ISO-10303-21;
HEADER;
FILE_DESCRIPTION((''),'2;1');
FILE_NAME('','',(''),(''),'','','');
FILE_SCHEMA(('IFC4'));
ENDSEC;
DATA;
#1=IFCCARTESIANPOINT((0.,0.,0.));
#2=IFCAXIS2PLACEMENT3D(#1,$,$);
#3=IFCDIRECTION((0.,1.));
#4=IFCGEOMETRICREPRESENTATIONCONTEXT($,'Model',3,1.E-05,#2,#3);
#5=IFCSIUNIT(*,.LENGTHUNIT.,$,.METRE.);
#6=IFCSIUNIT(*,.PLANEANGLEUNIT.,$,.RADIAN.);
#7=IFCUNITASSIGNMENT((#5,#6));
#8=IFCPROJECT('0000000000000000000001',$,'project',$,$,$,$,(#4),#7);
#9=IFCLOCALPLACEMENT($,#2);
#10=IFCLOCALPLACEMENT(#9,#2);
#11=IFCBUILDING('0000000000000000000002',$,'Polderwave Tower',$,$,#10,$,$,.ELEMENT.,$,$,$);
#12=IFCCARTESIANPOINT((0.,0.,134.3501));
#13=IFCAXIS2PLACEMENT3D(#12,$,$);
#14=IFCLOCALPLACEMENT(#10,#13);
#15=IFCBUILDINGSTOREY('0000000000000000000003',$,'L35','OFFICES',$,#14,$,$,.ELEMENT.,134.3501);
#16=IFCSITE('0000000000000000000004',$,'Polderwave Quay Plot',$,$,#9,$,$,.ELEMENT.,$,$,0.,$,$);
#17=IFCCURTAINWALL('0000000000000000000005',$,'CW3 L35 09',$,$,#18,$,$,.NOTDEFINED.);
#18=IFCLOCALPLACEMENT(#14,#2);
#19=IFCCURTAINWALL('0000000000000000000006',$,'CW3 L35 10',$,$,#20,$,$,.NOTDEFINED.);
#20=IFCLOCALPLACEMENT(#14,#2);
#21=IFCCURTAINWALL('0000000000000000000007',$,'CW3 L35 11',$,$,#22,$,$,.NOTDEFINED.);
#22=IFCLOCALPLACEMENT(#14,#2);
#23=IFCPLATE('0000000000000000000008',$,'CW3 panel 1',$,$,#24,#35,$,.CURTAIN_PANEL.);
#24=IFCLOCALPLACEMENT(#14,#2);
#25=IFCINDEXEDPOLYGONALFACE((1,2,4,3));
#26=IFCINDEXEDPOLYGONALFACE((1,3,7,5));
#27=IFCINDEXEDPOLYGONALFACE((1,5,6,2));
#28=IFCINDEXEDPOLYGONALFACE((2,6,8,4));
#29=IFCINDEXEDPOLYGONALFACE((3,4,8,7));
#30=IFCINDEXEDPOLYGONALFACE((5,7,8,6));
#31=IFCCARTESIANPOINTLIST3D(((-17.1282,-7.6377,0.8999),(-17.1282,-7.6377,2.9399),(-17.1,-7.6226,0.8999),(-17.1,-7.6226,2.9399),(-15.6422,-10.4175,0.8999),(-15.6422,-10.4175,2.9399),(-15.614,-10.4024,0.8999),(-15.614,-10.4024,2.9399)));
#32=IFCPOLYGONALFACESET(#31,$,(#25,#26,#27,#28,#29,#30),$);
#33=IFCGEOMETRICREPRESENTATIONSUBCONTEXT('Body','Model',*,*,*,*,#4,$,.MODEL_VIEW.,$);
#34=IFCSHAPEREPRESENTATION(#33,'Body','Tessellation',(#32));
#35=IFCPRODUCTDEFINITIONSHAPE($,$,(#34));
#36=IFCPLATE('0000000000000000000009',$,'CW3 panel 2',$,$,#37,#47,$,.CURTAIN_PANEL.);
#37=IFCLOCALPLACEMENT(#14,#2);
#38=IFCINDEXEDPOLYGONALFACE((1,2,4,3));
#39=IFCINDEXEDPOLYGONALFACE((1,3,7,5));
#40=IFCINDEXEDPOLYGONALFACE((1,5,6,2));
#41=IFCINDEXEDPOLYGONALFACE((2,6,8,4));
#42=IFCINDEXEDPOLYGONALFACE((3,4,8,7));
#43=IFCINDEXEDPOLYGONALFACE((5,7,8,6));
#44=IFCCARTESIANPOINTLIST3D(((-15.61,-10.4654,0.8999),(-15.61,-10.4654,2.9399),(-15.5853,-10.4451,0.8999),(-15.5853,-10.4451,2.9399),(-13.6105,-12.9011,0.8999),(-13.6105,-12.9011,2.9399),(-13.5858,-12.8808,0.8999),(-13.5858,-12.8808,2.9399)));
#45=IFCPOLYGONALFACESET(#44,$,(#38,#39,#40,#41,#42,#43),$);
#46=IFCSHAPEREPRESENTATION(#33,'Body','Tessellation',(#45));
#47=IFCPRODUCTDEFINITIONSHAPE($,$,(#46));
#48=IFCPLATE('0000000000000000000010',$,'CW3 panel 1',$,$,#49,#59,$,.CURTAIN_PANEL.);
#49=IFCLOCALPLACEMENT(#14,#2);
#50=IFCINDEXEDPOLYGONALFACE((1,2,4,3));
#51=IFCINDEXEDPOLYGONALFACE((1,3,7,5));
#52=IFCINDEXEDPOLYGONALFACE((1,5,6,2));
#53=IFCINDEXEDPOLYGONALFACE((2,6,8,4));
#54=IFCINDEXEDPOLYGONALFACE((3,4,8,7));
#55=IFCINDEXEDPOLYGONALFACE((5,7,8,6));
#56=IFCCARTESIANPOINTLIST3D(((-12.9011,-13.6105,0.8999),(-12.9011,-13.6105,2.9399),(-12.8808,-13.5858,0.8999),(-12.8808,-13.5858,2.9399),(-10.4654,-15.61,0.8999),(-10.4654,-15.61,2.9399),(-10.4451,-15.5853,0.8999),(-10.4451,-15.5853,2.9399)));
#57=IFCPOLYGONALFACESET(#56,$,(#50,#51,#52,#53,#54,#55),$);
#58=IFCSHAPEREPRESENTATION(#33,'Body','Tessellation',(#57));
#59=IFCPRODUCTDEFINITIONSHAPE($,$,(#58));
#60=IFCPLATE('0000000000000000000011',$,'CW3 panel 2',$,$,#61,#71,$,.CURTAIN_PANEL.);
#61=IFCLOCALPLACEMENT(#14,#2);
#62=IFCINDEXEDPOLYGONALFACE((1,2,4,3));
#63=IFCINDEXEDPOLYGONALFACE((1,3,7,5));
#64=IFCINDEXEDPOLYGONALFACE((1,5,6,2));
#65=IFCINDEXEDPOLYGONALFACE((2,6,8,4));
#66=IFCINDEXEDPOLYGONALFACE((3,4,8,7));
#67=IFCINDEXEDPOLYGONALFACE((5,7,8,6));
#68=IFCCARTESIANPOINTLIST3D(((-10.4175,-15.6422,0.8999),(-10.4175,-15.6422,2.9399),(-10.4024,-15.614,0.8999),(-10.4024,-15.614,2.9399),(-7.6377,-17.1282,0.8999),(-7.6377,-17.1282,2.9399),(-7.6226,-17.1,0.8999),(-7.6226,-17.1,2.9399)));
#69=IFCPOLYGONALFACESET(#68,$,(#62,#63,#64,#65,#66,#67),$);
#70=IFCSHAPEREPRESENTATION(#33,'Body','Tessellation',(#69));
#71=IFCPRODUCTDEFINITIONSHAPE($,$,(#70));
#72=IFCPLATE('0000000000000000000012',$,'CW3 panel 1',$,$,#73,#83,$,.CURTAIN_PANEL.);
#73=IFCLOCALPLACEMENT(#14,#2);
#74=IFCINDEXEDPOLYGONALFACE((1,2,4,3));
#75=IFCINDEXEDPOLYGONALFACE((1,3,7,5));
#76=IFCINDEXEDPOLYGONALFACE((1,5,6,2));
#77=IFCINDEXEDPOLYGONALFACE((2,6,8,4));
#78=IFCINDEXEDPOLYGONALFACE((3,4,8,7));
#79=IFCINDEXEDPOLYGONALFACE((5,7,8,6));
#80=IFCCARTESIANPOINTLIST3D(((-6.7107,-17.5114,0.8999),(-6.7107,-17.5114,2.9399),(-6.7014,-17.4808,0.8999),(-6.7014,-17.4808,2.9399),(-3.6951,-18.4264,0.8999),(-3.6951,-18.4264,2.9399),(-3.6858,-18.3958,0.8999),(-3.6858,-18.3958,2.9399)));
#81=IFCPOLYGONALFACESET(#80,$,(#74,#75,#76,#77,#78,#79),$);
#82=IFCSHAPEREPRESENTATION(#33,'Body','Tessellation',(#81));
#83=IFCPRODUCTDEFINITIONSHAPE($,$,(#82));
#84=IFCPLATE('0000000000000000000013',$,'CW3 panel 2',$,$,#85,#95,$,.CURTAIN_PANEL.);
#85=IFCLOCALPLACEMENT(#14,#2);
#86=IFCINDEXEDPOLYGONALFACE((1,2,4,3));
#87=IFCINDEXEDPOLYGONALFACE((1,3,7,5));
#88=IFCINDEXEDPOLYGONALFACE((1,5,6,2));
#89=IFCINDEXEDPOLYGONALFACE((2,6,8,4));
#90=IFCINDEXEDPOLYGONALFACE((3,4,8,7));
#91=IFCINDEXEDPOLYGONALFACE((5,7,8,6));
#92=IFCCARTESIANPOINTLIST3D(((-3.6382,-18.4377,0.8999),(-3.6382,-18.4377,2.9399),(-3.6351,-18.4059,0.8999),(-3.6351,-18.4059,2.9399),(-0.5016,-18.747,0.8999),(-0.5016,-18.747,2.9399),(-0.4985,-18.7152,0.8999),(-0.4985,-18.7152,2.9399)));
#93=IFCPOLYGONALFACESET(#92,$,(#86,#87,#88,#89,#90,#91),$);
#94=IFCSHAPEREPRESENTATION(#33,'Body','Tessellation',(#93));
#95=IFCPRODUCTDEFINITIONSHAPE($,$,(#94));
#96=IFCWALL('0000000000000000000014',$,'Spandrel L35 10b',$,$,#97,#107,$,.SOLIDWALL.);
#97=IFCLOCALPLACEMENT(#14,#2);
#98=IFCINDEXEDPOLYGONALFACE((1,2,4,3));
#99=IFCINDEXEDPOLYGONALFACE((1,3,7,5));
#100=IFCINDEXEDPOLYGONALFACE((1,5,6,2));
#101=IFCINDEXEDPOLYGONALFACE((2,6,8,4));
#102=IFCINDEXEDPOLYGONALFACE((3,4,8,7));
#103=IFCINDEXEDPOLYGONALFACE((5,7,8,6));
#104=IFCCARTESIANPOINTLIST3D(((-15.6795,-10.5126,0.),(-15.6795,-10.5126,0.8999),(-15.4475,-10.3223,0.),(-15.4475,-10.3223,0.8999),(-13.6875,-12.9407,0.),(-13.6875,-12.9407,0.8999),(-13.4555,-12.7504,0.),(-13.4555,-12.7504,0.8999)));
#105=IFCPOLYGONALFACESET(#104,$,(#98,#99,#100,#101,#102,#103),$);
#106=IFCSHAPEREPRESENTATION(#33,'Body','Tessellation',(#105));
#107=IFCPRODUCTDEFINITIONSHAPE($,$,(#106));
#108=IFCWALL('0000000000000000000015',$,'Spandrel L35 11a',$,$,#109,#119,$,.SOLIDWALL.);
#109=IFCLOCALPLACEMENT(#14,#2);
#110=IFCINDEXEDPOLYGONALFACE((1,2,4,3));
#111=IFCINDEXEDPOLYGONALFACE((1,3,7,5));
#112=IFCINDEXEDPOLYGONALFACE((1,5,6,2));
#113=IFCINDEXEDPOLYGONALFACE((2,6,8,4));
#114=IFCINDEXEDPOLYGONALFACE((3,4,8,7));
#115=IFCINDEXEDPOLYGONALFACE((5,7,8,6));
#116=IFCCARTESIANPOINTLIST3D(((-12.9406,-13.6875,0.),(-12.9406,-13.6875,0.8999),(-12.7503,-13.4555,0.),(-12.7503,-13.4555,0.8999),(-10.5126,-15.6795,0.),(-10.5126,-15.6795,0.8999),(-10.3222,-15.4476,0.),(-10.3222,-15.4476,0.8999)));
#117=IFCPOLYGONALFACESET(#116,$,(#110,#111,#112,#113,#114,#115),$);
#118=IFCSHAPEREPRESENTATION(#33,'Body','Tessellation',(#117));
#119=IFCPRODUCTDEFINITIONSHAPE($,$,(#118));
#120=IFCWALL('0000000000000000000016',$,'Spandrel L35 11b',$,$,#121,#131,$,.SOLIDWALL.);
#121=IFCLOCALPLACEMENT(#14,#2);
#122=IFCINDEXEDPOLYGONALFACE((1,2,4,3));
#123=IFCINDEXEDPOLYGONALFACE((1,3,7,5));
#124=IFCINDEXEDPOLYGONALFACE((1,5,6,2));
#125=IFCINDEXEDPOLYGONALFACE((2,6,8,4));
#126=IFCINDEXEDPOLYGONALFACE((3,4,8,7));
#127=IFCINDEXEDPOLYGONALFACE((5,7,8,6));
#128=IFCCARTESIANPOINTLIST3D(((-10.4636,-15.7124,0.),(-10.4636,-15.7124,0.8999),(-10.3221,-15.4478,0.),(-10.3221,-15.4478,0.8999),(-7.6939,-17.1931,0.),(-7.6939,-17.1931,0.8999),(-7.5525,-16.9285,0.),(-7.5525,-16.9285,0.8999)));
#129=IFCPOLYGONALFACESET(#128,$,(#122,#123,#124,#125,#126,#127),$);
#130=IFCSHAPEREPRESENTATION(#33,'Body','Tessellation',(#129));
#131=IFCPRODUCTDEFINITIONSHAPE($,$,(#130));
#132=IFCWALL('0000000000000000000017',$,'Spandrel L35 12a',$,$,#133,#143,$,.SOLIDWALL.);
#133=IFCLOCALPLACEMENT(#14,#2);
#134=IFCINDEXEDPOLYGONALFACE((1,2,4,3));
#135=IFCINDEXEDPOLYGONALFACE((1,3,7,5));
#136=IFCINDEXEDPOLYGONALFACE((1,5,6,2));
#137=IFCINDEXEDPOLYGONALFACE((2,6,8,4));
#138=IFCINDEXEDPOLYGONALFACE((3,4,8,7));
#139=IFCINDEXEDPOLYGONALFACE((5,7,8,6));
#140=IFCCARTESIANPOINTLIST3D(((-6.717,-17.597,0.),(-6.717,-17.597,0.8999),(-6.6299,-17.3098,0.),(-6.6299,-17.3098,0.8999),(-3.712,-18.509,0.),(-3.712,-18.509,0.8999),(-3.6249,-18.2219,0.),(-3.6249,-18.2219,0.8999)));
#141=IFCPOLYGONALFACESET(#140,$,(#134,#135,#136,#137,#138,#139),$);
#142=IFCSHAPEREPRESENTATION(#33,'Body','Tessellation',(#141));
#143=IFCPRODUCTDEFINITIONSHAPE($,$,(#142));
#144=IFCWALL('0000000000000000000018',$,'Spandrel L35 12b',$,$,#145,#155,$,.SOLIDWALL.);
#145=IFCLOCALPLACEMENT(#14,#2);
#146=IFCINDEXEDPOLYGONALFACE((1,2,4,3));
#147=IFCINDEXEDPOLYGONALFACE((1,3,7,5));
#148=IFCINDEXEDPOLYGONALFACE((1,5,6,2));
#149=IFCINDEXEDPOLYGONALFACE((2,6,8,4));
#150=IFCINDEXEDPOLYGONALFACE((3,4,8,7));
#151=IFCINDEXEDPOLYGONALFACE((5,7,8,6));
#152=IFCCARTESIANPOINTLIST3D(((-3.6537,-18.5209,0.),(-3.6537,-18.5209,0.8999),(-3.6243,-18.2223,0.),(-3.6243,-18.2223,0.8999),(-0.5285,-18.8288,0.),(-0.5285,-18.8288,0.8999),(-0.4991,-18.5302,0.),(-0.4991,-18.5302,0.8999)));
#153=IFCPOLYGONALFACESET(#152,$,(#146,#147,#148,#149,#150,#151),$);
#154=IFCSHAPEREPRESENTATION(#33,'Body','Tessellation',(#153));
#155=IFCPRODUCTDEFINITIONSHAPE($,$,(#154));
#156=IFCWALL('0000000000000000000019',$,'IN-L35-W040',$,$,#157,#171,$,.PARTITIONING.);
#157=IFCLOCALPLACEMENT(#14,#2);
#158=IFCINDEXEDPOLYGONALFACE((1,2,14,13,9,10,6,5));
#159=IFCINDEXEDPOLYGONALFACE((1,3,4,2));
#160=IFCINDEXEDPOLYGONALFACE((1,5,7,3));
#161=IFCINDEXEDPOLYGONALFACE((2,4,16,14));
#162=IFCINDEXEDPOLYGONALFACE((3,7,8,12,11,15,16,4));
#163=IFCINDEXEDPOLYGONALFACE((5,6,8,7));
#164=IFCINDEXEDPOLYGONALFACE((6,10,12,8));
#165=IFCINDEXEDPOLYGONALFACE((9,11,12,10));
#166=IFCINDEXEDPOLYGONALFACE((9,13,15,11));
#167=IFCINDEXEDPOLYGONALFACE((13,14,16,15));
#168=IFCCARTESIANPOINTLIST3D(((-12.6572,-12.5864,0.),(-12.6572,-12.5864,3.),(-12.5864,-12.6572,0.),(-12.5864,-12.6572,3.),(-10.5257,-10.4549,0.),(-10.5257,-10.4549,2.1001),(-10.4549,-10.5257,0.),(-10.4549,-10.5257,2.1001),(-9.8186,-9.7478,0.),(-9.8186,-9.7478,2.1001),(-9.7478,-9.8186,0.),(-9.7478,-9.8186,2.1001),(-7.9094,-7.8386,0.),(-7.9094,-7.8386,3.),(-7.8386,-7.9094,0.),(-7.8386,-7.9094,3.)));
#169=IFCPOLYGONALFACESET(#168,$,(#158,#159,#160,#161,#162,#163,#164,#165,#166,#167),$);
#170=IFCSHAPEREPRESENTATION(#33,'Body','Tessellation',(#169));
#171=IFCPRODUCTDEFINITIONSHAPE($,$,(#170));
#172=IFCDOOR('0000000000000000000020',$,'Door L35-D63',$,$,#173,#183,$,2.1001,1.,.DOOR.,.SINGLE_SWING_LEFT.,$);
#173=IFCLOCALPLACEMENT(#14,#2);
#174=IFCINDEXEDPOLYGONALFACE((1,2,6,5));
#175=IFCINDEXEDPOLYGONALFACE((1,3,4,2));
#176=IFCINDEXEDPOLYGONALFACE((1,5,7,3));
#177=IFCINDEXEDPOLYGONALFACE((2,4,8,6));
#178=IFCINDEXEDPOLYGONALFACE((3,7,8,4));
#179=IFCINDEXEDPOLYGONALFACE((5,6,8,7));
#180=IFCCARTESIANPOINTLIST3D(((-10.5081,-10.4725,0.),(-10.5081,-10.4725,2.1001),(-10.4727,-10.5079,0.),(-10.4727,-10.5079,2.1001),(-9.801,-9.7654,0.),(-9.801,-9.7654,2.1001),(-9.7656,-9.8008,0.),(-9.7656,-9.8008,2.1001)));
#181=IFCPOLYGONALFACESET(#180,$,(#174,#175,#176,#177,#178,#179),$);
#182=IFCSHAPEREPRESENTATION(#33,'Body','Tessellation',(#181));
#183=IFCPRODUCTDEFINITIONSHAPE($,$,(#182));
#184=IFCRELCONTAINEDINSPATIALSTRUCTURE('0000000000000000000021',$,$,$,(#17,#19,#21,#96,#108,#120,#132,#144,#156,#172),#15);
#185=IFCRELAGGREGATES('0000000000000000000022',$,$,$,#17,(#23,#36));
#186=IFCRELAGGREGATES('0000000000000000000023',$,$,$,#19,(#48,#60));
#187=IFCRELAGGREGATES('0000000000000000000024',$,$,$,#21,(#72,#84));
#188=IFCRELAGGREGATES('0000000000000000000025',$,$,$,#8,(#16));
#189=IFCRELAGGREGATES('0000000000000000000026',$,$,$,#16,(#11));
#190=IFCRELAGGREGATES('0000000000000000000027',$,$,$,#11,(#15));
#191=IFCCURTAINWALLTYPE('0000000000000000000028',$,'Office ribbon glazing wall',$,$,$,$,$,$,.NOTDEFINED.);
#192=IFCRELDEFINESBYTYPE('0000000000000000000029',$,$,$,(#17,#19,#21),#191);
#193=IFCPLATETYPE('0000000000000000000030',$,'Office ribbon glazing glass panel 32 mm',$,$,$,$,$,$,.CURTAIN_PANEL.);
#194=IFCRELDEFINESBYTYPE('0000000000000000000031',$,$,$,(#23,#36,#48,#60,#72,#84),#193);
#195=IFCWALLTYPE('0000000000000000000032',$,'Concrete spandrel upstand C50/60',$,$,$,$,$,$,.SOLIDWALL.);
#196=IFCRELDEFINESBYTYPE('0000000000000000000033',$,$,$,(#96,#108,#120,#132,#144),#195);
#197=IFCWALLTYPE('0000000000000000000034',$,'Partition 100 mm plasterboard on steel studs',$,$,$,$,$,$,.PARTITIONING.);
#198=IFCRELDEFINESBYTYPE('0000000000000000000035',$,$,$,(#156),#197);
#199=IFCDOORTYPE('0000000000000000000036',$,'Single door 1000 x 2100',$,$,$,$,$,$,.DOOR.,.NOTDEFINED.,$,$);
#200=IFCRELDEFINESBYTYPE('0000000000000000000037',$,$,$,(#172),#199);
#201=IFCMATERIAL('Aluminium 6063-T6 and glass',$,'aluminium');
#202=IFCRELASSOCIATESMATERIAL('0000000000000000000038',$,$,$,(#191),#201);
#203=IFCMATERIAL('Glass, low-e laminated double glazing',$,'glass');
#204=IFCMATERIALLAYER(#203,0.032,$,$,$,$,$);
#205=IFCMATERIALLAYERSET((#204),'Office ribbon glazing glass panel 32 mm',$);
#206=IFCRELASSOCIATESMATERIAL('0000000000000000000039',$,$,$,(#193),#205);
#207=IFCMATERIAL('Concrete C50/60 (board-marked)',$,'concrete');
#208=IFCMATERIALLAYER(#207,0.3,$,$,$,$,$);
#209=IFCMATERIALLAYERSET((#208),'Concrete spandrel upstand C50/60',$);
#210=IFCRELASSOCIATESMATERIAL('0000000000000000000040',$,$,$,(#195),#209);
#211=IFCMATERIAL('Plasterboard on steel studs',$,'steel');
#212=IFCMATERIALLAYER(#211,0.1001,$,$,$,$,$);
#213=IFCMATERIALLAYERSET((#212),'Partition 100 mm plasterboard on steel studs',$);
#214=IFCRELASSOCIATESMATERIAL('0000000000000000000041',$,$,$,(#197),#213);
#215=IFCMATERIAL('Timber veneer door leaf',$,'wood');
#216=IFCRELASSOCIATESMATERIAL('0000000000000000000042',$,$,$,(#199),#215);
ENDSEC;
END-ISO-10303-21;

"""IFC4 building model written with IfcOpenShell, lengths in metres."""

from ifc_helpers import new_model, si_unit, direction, frame, frame_2d, origin, origin_2d, place, context, subcontext, project, spatial, rectangle, extrude, material, layer, layer_set, type_object, element, fill, aggregate, save


model = new_model("IFC4")

# Units and contexts
model_context = context("Model", 3, precision=1e-05, world=origin(), true_north=direction((0.0, 1.0)))
body_context = subcontext(model_context, "Body", "Model", "MODEL_VIEW")
ifc_project = project(units=[si_unit("LENGTHUNIT", "METRE"), si_unit("PLANEANGLEUNIT", "RADIAN")], contexts=[model_context])

# Site, building, storey
site_placement = place(None, origin())
site = spatial("IfcSite", under=ifc_project, at=site_placement, Name="Polderwave Quay Plot", CompositionType="ELEMENT", RefElevation=0.0)
building_placement = place(site_placement, origin())
building = spatial("IfcBuilding", under=site, at=building_placement, Name="Polderwave Tower", CompositionType="ELEMENT")
storey_placement = place(building_placement, frame((0.0, 0.0, 134.3501)))
storey = spatial("IfcBuildingStorey", under=building, at=storey_placement, Name="L35", Description="OFFICES", CompositionType="ELEMENT", Elevation=134.3501)

# Curtain walls
ifc_material_1 = material(Name="Aluminium 6063-T6 and glass", Category="aluminium")
curtain_wall_type = type_object("IfcCurtainWallType", Name="Office ribbon glazing wall", PredefinedType="NOTDEFINED", material=ifc_material_1)
curtain_wall_1_placement = place(storey_placement, origin())
curtain_wall_1 = element("IfcCurtainWall", 1, at=curtain_wall_1_placement, inside=storey, type_object=curtain_wall_type, Name="CW3 L35 09", PredefinedType="NOTDEFINED")
curtain_wall_2_placement = place(storey_placement, origin())
curtain_wall_2 = element("IfcCurtainWall", 2, at=curtain_wall_2_placement, inside=storey, type_object=curtain_wall_type, Name="CW3 L35 10", PredefinedType="NOTDEFINED")
curtain_wall_3_placement = place(storey_placement, origin())
curtain_wall_3 = element("IfcCurtainWall", 3, at=curtain_wall_3_placement, inside=storey, type_object=curtain_wall_type, Name="CW3 L35 11", PredefinedType="NOTDEFINED")

# Plates
ifc_material_2 = material(Name="Glass, low-e laminated double glazing", Category="glass")
ifc_layer_1 = layer(ifc_material_2, 0.032)
ifc_layer_set_1 = layer_set([ifc_layer_1], Name="Office ribbon glazing glass panel 32 mm")
plate_type = type_object("IfcPlateType", Name="Office ribbon glazing glass panel 32 mm", PredefinedType="CURTAIN_PANEL", material=ifc_layer_set_1)
plate_1_placement = place(storey_placement, frame((-16.3711, -9.02, 0.8999), z_axis=(0.0, 0.0, 1.0), x_axis=(0.471454, -0.881891, 0.0)))
plate_1 = element("IfcPlate", 4, at=plate_1_placement, type_object=plate_type, Name="CW3 panel 1", PredefinedType="CURTAIN_PANEL", context=body_context, shape_type="SweptSolid", body=[
    extrude(rectangle(XDim=3.1521, YDim=0.032, at=origin_2d()), origin(), (0.0, 0.0, 1.0), 2.04),
])
plate_2_placement = place(storey_placement, frame((-14.5979, -11.6731, 0.8999), z_axis=(0.0, 0.0, 1.0), x_axis=(0.634505, -0.772919, 0.0)))
plate_2 = element("IfcPlate", 5, at=plate_2_placement, type_object=plate_type, Name="CW3 panel 2", PredefinedType="CURTAIN_PANEL", context=body_context, shape_type="SweptSolid", body=[
    extrude(rectangle(XDim=3.1514, YDim=0.032, at=origin_2d()), origin(), (0.0, 0.0, 1.0), 2.04),
])
aggregate(curtain_wall_1, [plate_1, plate_2])
plate_3_placement = place(storey_placement, frame((-11.6731, -14.5979, 0.8999), z_axis=(0.0, 0.0, 1.0), x_axis=(0.772919, -0.634505, 0.0)))
plate_3 = element("IfcPlate", 6, at=plate_3_placement, type_object=plate_type, Name="CW3 panel 1", PredefinedType="CURTAIN_PANEL", context=body_context, shape_type="SweptSolid", body=[
    extrude(rectangle(XDim=3.1514, YDim=0.032, at=origin_2d()), origin(), (0.0, 0.0, 1.0), 2.04),
])
plate_4_placement = place(storey_placement, frame((-9.02, -16.3711, 0.8999), z_axis=(0.0, 0.0, 1.0), x_axis=(0.881891, -0.471454, 0.0)))
plate_4 = element("IfcPlate", 7, at=plate_4_placement, type_object=plate_type, Name="CW3 panel 2", PredefinedType="CURTAIN_PANEL", context=body_context, shape_type="SweptSolid", body=[
    extrude(rectangle(XDim=3.1521, YDim=0.032, at=origin_2d()), origin(), (0.0, 0.0, 1.0), 2.04),
])
aggregate(curtain_wall_2, [plate_3, plate_4])
plate_5_placement = place(storey_placement, frame((-5.1982, -17.9536, 0.8999), z_axis=(0.0, 0.0, 1.0), x_axis=(0.956921, -0.290348, 0.0)))
plate_5 = element("IfcPlate", 8, at=plate_5_placement, type_object=plate_type, Name="CW3 panel 1", PredefinedType="CURTAIN_PANEL", context=body_context, shape_type="SweptSolid", body=[
    extrude(rectangle(XDim=3.1514, YDim=0.032, at=origin_2d()), origin(), (0.0, 0.0, 1.0), 2.04),
])
plate_6_placement = place(storey_placement, frame((-2.0684, -18.5764, 0.8999), z_axis=(0.0, 0.0, 1.0), x_axis=(0.995173, -0.098134, 0.0)))
plate_6 = element("IfcPlate", 9, at=plate_6_placement, type_object=plate_type, Name="CW3 panel 2", PredefinedType="CURTAIN_PANEL", context=body_context, shape_type="SweptSolid", body=[
    extrude(rectangle(XDim=3.1519, YDim=0.032, at=origin_2d()), origin(), (0.0, 0.0, 1.0), 2.04),
])
aggregate(curtain_wall_3, [plate_5, plate_6])

# Walls
ifc_material_3 = material(Name="Concrete C50/60 (board-marked)", Category="concrete")
ifc_layer_2 = layer(ifc_material_3, 0.3)
ifc_layer_set_2 = layer_set([ifc_layer_2], Name="Concrete spandrel upstand C50/60")
wall_type_1 = type_object("IfcWallType", Name="Concrete spandrel upstand C50/60", PredefinedType="SOLIDWALL", material=ifc_layer_set_2)
for number, where, z_axis, x_axis, name in (
    (10, (-15.5635, -10.4175, 0.0), (0.0, 0.0, 1.0), (0.63427, -0.773111, 0.0), "Spandrel L35 10b"),
    (11, (-12.8455, -13.5715, 0.0), (0.0, 0.0, 1.0), (0.773111, -0.63427, 0.0), "Spandrel L35 11a"),
    (12, (-10.3928, -15.5801, 0.0), (0.0, 0.0, 1.0), (0.881873, -0.471488, 0.0), "Spandrel L35 11b"),
):
    element("IfcWall", number, at=place(storey_placement, frame(where, z_axis=z_axis, x_axis=x_axis)), inside=storey, type_object=wall_type_1, Name=name, PredefinedType="SOLIDWALL", context=body_context, shape_type="SweptSolid", body=[
        extrude(rectangle(XDim=3.1406, YDim=0.3, at=frame_2d((1.5703, 0.0))), origin(), (0.0, 0.0, 1.0), 0.8999),
    ])
for number, where, z_axis, x_axis, name in (
    (13, (-6.6736, -17.4534, 0.0), (0.0, 0.0, 1.0), (0.956895, -0.290435, 0.0), "Spandrel L35 12a"),
    (14, (-3.6392, -18.3716, 0.0), (0.0, 0.0, 1.0), (0.995183, -0.098033, 0.0), "Spandrel L35 12b"),
):
    element("IfcWall", number, at=place(storey_placement, frame(where, z_axis=z_axis, x_axis=x_axis)), inside=storey, type_object=wall_type_1, Name=name, PredefinedType="SOLIDWALL", context=body_context, shape_type="SweptSolid", body=[
        extrude(rectangle(XDim=3.1404, YDim=0.3, at=frame_2d((1.5703, 0.0))), origin(), (0.0, 0.0, 1.0), 0.8999),
    ])

# Wall, opening, door
ifc_material_4 = material(Name="Plasterboard on steel studs", Category="steel")
ifc_layer_3 = layer(ifc_material_4, 0.1001)
ifc_layer_set_3 = layer_set([ifc_layer_3], Name="Partition 100 mm plasterboard on steel studs")
wall_type_2 = type_object("IfcWallType", Name="Partition 100 mm plasterboard on steel studs", PredefinedType="PARTITIONING", material=ifc_layer_set_3)
wall_1_placement = place(storey_placement, frame((-7.874, -7.874, 0.0), z_axis=(0.0, 0.0, 1.0), x_axis=(-0.707107, -0.707107, 0.0)))
wall_1 = element("IfcWall", 15, at=wall_1_placement, inside=storey, type_object=wall_type_2, Name="IN-L35-W040", PredefinedType="PARTITIONING", context=body_context, shape_type="SweptSolid", body=[
    extrude(rectangle(XDim=6.7144, YDim=0.1001, at=frame_2d((3.3572, 0.0))), origin(), (0.0, 0.0, 1.0), 3.0),
])
opening_1_placement = place(wall_1_placement, frame((2.7, 0.0, 0.0)))
opening_1 = element("IfcOpeningElement", 16, at=opening_1_placement, cuts=wall_1, PredefinedType="OPENING", context=body_context, shape_type="SweptSolid", body=[
    extrude(rectangle(XDim=1.0, YDim=2.1001, at=frame_2d((0.5, 1.05))), frame((0.0, 0.0601, 0.0), z_axis=(0.0, -1.0, 0.0), x_axis=(1.0, 0.0, 0.0)), (0.0, 0.0, 1.0), 0.1201),
])
ifc_material_5 = material(Name="Timber veneer door leaf", Category="wood")
door_type = type_object("IfcDoorType", Name="Single door 1000 x 2100", OperationType="NOTDEFINED", PredefinedType="DOOR", material=ifc_material_5)
door_1_placement = place(opening_1_placement, origin())
door_1 = element("IfcDoor", 17, at=door_1_placement, inside=storey, type_object=door_type, Name="Door L35-D63", OperationType="SINGLE_SWING_LEFT", OverallHeight=2.1001, OverallWidth=1.0, PredefinedType="DOOR", context=body_context, shape_type="SweptSolid", body=[
    extrude(rectangle(XDim=1.0, YDim=2.1001, at=frame_2d((0.5, 1.05))), frame((0.0, 0.0249, 0.0), z_axis=(0.0, -1.0, 0.0), x_axis=(1.0, 0.0, 0.0)), (0.0, 0.0, 1.0), 0.05),
])
fill(opening_1, door_1)

save(model, "model.ifc")
